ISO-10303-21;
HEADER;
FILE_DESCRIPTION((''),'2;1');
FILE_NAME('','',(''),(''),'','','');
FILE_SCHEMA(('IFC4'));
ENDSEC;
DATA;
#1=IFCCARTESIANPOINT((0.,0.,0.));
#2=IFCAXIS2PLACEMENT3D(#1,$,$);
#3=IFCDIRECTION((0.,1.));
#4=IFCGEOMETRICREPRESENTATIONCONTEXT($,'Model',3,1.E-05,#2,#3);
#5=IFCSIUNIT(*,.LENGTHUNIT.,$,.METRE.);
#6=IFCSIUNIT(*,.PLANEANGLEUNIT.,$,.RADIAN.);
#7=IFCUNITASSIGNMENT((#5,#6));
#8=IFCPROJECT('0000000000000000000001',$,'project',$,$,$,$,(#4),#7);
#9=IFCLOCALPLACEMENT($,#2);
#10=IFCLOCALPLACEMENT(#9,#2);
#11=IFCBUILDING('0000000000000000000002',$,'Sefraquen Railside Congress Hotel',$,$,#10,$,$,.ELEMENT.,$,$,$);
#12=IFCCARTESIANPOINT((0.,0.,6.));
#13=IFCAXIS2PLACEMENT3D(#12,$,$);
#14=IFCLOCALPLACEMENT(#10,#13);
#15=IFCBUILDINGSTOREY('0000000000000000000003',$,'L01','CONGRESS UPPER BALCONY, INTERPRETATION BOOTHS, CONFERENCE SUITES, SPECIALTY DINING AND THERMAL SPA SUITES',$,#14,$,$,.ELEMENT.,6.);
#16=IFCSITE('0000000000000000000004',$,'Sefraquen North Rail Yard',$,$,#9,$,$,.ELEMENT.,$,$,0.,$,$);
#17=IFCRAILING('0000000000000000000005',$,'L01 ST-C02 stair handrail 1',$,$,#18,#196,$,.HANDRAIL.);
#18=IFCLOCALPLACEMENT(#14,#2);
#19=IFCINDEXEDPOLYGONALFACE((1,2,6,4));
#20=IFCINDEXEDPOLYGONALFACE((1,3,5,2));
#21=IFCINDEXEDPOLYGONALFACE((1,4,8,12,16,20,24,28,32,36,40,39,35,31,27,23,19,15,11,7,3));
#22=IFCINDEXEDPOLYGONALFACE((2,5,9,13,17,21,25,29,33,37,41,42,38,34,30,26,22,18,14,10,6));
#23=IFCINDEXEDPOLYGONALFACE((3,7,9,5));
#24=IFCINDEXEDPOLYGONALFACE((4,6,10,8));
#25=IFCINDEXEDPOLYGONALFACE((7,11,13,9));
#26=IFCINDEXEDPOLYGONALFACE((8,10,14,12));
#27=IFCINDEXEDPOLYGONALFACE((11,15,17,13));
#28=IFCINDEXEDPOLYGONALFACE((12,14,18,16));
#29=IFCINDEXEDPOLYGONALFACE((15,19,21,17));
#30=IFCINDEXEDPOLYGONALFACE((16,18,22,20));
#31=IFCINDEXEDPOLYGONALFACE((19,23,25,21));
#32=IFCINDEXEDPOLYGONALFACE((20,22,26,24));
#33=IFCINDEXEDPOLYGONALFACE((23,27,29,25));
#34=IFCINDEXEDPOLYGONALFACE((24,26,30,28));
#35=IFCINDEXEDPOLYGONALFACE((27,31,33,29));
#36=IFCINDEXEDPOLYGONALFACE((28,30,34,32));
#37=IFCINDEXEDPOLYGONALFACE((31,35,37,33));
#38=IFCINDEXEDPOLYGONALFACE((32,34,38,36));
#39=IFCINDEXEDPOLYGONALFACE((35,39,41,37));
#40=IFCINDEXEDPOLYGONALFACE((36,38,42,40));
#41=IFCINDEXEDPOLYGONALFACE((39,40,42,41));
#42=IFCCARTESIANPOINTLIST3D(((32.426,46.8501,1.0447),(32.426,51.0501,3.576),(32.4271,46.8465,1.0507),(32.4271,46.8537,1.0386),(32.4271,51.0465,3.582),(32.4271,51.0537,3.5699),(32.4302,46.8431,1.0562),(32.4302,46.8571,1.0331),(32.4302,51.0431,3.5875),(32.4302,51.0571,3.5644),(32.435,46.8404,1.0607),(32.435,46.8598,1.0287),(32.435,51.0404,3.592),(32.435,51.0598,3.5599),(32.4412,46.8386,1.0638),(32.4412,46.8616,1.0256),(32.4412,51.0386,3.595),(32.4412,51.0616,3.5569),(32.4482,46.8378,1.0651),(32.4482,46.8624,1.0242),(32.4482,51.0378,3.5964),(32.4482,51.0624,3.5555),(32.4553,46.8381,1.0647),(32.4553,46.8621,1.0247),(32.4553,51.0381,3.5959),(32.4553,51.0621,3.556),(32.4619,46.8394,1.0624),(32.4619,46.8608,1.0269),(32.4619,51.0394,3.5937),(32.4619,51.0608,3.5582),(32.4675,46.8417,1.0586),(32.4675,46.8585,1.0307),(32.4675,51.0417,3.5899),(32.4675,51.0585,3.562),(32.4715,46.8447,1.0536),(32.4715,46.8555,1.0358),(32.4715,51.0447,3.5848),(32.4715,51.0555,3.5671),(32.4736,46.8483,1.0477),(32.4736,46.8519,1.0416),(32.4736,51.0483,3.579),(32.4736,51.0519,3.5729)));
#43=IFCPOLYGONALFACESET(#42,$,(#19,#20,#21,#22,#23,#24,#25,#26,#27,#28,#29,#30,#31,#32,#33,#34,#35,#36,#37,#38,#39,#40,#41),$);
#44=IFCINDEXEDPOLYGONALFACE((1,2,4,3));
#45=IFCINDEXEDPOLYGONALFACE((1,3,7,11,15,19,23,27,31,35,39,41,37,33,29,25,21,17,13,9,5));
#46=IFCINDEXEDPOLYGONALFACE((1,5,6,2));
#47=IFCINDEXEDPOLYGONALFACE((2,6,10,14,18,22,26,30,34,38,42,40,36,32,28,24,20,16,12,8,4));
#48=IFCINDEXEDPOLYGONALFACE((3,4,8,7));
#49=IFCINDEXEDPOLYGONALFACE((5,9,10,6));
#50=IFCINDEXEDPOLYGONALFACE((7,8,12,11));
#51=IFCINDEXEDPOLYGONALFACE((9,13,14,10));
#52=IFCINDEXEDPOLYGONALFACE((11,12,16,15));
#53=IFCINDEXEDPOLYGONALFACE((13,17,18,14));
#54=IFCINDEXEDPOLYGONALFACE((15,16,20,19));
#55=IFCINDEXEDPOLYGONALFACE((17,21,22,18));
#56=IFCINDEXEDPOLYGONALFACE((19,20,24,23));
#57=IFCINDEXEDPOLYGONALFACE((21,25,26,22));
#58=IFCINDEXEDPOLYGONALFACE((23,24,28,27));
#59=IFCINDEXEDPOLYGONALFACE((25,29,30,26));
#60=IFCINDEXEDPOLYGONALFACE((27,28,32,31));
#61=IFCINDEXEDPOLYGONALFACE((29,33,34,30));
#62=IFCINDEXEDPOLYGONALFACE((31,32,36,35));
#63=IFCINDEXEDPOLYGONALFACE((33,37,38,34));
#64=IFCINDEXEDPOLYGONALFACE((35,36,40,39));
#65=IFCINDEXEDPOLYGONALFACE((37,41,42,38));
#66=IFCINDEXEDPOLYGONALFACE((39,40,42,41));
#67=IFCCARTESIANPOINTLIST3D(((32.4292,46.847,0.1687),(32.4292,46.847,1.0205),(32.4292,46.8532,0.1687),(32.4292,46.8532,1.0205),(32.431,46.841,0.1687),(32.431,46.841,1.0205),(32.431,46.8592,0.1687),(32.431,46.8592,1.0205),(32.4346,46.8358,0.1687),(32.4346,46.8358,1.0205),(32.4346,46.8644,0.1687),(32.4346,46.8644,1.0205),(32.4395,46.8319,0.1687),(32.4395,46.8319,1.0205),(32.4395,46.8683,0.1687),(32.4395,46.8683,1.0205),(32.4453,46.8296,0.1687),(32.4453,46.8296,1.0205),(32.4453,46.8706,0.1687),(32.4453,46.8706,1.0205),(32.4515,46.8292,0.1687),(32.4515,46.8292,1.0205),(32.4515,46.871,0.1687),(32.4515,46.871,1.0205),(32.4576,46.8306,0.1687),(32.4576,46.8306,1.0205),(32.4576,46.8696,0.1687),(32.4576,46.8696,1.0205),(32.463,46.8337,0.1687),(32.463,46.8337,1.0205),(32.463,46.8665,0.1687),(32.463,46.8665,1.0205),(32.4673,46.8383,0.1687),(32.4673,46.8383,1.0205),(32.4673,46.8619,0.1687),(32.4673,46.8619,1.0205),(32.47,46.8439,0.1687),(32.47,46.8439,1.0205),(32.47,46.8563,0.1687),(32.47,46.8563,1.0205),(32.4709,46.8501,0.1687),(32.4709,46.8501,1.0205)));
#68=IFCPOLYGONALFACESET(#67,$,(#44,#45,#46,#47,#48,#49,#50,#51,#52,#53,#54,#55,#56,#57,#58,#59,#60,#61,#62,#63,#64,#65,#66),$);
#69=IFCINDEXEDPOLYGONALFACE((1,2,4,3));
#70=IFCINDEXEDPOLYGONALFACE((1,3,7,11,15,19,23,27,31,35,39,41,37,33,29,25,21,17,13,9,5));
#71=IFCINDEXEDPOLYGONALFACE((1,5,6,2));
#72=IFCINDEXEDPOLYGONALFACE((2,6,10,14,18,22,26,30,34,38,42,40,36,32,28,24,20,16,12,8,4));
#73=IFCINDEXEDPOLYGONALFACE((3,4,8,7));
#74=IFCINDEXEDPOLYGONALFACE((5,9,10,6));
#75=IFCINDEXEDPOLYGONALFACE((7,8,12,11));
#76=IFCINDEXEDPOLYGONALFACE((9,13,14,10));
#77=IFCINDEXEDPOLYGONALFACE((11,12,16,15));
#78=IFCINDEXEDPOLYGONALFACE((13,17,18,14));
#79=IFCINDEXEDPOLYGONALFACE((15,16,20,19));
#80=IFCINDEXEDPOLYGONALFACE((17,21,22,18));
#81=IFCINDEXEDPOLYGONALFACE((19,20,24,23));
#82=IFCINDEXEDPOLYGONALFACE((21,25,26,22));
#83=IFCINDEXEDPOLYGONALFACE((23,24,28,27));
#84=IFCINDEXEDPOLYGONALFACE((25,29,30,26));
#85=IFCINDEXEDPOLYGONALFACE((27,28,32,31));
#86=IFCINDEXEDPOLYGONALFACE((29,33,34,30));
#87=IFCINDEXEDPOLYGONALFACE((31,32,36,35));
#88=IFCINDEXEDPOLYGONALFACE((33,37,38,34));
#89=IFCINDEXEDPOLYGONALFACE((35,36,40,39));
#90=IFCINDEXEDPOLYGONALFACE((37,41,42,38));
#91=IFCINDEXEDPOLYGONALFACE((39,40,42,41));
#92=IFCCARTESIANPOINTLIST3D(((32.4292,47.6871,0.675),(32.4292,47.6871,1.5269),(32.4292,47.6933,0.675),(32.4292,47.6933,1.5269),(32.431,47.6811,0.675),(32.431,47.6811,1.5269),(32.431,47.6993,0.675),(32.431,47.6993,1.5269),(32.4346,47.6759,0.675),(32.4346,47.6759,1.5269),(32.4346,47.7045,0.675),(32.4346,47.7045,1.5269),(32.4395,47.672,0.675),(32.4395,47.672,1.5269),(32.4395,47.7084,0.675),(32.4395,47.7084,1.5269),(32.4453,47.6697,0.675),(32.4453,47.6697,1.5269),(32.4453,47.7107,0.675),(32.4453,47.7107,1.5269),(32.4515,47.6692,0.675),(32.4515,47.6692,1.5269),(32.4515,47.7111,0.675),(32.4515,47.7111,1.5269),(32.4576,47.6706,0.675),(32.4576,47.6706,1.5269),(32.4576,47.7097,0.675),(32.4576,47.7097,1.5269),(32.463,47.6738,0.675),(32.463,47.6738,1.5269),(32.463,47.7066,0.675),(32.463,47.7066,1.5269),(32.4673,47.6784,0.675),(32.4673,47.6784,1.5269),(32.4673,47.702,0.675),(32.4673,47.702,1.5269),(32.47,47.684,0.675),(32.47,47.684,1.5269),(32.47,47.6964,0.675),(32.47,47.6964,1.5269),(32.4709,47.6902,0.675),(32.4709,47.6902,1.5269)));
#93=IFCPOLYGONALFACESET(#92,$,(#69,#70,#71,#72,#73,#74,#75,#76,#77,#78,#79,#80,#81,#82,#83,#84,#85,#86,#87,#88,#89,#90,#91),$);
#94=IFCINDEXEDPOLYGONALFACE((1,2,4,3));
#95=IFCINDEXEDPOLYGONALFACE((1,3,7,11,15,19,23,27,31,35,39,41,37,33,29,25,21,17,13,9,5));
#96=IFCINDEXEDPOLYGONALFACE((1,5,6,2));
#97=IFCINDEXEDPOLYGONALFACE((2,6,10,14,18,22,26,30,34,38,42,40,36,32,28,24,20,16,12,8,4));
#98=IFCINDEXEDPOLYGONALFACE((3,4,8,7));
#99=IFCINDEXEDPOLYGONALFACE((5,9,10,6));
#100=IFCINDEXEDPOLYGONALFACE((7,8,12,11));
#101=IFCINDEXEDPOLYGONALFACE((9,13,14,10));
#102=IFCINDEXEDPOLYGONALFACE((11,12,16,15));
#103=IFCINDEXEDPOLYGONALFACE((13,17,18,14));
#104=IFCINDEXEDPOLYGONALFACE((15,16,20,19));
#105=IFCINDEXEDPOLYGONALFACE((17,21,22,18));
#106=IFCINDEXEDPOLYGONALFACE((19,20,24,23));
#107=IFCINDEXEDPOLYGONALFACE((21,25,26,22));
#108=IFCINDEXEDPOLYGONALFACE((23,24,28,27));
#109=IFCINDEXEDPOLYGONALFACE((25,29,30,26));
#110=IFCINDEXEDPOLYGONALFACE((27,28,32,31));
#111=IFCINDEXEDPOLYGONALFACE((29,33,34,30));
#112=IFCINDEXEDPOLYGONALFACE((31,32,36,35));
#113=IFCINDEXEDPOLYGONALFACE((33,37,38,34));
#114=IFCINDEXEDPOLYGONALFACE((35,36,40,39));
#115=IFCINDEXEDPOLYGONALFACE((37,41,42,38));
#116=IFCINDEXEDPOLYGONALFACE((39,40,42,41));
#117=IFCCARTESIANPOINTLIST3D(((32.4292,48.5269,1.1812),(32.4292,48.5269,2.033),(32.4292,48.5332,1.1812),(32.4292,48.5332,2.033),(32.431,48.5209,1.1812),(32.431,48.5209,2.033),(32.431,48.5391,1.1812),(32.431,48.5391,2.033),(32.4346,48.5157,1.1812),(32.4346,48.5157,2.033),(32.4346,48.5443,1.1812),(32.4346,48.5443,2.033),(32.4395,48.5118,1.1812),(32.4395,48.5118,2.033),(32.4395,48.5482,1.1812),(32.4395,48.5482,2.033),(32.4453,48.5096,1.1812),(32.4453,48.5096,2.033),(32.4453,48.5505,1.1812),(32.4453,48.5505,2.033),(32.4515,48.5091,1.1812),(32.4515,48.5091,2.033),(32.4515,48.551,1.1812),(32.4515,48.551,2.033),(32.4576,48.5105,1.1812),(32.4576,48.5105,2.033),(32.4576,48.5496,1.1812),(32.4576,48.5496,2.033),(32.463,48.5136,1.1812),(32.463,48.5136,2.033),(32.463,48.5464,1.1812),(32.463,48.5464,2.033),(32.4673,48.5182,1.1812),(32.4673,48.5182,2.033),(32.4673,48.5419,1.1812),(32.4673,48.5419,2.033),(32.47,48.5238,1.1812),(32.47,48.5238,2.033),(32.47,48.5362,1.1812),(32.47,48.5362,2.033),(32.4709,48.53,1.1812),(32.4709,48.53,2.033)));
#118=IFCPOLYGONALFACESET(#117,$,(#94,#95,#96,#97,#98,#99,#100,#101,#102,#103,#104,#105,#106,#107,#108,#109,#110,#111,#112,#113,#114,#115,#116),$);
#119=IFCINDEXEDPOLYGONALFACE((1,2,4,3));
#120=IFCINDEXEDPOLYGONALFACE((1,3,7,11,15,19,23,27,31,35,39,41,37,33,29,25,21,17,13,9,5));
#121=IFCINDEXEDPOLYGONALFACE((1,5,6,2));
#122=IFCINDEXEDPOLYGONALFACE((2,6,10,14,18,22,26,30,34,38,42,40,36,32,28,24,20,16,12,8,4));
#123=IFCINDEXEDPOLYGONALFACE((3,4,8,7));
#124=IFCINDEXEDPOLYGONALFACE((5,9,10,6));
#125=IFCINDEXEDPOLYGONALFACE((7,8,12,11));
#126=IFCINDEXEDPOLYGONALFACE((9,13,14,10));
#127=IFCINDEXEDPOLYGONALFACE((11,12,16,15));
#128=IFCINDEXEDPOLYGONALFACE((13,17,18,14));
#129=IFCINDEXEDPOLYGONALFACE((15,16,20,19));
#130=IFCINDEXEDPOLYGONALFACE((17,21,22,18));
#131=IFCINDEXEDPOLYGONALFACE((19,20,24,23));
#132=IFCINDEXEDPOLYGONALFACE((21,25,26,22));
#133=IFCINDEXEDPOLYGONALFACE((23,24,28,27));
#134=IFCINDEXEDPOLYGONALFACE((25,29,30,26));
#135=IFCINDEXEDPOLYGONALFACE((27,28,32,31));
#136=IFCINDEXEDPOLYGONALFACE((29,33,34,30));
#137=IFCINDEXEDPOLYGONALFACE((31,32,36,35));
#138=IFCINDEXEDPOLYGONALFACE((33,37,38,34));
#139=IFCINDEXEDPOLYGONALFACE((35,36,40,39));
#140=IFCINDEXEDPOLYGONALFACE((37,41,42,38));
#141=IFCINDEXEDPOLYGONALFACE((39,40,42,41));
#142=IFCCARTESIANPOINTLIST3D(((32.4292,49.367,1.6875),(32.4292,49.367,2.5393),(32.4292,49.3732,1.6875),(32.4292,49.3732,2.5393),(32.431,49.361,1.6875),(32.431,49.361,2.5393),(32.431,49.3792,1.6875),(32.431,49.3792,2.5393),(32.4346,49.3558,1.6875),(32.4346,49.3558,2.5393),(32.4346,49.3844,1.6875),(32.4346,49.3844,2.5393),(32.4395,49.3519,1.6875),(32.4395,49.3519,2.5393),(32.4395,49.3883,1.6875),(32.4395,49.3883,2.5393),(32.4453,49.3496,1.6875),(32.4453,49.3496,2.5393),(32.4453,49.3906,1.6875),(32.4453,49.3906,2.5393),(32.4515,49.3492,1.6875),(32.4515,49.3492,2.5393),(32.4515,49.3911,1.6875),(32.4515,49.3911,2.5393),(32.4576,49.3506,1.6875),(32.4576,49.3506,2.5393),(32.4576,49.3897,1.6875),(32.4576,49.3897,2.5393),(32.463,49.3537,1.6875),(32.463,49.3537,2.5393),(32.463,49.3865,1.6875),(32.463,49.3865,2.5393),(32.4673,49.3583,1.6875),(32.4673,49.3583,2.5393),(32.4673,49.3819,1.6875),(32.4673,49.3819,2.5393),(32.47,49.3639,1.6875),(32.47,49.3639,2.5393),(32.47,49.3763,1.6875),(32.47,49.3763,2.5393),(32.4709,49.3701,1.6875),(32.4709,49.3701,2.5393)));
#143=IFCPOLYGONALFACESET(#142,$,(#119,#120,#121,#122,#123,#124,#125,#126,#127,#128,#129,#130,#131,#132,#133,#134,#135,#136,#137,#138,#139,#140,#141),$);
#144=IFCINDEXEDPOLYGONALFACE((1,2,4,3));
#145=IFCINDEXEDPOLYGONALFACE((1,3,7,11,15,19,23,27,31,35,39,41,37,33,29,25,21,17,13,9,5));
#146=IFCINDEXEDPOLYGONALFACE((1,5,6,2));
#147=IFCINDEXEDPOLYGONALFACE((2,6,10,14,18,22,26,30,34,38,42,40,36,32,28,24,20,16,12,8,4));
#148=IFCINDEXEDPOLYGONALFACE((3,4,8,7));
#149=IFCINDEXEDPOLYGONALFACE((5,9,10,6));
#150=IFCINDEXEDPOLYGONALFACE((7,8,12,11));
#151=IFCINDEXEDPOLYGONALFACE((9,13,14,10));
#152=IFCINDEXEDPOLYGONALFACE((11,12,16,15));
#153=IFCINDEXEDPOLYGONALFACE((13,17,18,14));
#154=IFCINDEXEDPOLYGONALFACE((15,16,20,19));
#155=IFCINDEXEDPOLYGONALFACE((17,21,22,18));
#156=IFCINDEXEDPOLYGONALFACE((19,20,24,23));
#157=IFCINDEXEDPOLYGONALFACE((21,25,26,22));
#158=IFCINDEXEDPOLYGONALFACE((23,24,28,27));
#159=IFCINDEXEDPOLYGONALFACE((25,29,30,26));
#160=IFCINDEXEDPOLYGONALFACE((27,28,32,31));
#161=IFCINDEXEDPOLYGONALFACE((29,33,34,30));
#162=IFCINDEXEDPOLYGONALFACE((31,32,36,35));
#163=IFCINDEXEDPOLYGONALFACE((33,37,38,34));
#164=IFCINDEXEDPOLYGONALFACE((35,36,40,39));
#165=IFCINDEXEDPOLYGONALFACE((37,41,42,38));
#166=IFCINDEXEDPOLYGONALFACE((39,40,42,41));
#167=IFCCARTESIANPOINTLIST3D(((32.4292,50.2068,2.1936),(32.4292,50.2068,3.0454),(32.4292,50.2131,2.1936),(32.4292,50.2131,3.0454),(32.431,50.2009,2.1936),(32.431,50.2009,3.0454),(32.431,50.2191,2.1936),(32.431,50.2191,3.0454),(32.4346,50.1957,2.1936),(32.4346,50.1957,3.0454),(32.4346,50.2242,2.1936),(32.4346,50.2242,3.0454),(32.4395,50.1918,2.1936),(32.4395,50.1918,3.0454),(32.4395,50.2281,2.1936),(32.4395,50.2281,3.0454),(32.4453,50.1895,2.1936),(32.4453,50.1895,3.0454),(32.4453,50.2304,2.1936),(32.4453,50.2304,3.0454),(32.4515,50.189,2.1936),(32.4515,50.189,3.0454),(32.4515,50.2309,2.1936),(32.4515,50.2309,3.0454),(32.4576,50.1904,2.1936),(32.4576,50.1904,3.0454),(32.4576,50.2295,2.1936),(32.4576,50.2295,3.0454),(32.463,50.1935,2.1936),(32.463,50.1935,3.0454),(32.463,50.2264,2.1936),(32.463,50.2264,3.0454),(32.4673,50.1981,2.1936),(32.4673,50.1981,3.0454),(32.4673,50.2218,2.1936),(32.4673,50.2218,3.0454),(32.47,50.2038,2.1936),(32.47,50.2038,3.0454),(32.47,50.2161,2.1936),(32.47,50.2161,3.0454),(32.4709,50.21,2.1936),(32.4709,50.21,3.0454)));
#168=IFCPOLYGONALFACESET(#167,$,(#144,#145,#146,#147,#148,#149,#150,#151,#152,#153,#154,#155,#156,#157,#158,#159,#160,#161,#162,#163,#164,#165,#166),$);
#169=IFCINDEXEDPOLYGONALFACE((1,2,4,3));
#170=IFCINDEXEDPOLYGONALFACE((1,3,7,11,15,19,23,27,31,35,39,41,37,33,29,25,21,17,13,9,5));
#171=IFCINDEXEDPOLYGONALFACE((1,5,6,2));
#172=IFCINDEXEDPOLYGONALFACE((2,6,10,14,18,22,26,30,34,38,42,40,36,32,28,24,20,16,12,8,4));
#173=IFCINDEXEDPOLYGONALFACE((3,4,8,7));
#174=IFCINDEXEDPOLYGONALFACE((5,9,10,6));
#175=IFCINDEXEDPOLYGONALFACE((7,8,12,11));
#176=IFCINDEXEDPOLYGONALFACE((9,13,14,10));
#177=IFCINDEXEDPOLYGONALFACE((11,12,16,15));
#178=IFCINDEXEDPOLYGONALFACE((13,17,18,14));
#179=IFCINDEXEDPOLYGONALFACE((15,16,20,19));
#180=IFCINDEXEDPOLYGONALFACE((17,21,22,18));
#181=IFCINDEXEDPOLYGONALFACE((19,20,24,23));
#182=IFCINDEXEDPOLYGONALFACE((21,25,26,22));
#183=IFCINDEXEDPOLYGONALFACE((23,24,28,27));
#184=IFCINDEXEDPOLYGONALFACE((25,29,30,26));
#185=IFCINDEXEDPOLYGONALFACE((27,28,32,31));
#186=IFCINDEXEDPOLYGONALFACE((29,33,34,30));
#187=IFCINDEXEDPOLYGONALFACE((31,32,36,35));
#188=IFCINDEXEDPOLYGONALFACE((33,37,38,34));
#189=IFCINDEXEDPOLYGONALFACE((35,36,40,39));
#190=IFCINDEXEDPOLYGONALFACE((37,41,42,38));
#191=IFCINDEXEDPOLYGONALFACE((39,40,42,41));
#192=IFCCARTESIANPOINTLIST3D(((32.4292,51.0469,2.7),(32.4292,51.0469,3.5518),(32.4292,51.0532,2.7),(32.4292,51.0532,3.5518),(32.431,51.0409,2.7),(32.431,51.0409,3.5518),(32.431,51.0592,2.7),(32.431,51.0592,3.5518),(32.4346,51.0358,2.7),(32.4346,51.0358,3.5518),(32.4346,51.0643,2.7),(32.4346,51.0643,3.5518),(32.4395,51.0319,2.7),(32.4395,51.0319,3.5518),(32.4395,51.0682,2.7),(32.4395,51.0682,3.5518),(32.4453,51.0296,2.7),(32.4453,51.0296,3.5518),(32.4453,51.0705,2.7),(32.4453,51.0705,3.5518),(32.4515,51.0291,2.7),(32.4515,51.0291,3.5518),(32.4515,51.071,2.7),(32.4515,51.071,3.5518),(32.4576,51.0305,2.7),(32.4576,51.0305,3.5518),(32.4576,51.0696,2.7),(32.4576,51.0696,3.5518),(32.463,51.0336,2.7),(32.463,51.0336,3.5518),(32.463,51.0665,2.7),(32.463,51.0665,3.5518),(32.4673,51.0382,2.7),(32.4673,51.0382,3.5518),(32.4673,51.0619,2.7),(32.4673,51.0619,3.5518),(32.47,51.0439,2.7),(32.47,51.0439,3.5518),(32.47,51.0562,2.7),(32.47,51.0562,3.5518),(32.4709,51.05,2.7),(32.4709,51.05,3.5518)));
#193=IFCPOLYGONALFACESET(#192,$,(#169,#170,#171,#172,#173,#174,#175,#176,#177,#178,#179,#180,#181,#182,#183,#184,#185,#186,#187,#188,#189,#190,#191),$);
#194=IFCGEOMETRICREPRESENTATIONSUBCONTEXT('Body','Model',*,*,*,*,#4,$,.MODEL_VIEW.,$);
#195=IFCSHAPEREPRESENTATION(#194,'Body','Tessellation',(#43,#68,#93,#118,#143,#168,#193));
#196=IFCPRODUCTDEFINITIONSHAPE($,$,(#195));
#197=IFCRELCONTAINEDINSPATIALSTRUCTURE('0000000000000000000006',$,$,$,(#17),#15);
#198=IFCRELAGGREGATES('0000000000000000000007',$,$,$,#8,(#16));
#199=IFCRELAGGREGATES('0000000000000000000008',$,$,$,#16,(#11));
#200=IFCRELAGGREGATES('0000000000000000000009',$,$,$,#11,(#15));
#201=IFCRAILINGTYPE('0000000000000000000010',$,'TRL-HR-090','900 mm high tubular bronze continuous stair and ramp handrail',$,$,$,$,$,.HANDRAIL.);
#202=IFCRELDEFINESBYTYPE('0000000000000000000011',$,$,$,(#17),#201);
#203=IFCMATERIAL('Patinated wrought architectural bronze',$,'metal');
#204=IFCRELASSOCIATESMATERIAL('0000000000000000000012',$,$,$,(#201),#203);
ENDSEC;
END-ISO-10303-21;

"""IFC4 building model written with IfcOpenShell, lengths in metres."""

from ifc_helpers import new_model, si_unit, direction, frame, origin, origin_2d, place, context, subcontext, project, spatial, circle, extrude, material, type_object, element, save


model = new_model("IFC4")

# Units and contexts
model_context = context("Model", 3, precision=1e-05, world=origin(), true_north=direction((0.0, 1.0)))
body_context = subcontext(model_context, "Body", "Model", "MODEL_VIEW")
ifc_project = project(units=[si_unit("LENGTHUNIT", "METRE"), si_unit("PLANEANGLEUNIT", "RADIAN")], contexts=[model_context])

# Site, building, storey
site_placement = place(None, origin())
site = spatial("IfcSite", under=ifc_project, at=site_placement, Name="Sefraquen North Rail Yard", CompositionType="ELEMENT", RefElevation=0.0)
building_placement = place(site_placement, origin())
building = spatial("IfcBuilding", under=site, at=building_placement, Name="Sefraquen Railside Congress Hotel", CompositionType="ELEMENT")
storey_placement = place(building_placement, frame((0.0, 0.0, 6.0)))
storey = spatial("IfcBuildingStorey", under=building, at=storey_placement, Name="L01", Description="CONGRESS UPPER BALCONY, INTERPRETATION BOOTHS, CONFERENCE SUITES, SPECIALTY DINING AND THERMAL SPA SUITES", CompositionType="ELEMENT", Elevation=6.0)

# Railing
ifc_material_1 = material(Name="Patinated wrought architectural bronze", Category="metal")
railing_type_1 = type_object("IfcRailingType", Name="TRL-HR-090", Description="900 mm high tubular bronze continuous stair and ramp handrail", PredefinedType="HANDRAIL", material=ifc_material_1)
railing_1_placement = place(storey_placement, frame((32.45, 46.8501, 0.1687)))
element("IfcRailing", 1, at=railing_1_placement, inside=storey, type_object=railing_type_1, Name="L01 ST-C02 stair handrail 1", PredefinedType="HANDRAIL", context=body_context, shape_type="SweptSolid", body=[
    extrude(circle(Radius=0.0239, at=origin_2d()), frame((0.0, 0.0, 0.876), z_axis=(0.0, 0.856476, 0.516186), x_axis=(-1.0, 0.0, 0.0)), (0.0, 0.0, 1.0), 4.9038),
    extrude(circle(Radius=0.021, at=origin_2d()), origin(), (0.0, 0.0, 1.0), 0.8518),
    extrude(circle(Radius=0.021, at=origin_2d()), frame((0.0, 0.8401, 0.5063)), (0.0, 0.0, 1.0), 0.8518),
    extrude(circle(Radius=0.021, at=origin_2d()), frame((0.0, 1.6799, 1.0125)), (0.0, 0.0, 1.0), 0.8518),
    extrude(circle(Radius=0.021, at=origin_2d()), frame((0.0, 2.52, 1.5188)), (0.0, 0.0, 1.0), 0.8518),
    extrude(circle(Radius=0.021, at=origin_2d()), frame((0.0, 3.3599, 2.0249)), (0.0, 0.0, 1.0), 0.8518),
    extrude(circle(Radius=0.021, at=origin_2d()), frame((0.0, 4.2, 2.5312)), (0.0, 0.0, 1.0), 0.8518),
])

save(model, "model.ifc")
